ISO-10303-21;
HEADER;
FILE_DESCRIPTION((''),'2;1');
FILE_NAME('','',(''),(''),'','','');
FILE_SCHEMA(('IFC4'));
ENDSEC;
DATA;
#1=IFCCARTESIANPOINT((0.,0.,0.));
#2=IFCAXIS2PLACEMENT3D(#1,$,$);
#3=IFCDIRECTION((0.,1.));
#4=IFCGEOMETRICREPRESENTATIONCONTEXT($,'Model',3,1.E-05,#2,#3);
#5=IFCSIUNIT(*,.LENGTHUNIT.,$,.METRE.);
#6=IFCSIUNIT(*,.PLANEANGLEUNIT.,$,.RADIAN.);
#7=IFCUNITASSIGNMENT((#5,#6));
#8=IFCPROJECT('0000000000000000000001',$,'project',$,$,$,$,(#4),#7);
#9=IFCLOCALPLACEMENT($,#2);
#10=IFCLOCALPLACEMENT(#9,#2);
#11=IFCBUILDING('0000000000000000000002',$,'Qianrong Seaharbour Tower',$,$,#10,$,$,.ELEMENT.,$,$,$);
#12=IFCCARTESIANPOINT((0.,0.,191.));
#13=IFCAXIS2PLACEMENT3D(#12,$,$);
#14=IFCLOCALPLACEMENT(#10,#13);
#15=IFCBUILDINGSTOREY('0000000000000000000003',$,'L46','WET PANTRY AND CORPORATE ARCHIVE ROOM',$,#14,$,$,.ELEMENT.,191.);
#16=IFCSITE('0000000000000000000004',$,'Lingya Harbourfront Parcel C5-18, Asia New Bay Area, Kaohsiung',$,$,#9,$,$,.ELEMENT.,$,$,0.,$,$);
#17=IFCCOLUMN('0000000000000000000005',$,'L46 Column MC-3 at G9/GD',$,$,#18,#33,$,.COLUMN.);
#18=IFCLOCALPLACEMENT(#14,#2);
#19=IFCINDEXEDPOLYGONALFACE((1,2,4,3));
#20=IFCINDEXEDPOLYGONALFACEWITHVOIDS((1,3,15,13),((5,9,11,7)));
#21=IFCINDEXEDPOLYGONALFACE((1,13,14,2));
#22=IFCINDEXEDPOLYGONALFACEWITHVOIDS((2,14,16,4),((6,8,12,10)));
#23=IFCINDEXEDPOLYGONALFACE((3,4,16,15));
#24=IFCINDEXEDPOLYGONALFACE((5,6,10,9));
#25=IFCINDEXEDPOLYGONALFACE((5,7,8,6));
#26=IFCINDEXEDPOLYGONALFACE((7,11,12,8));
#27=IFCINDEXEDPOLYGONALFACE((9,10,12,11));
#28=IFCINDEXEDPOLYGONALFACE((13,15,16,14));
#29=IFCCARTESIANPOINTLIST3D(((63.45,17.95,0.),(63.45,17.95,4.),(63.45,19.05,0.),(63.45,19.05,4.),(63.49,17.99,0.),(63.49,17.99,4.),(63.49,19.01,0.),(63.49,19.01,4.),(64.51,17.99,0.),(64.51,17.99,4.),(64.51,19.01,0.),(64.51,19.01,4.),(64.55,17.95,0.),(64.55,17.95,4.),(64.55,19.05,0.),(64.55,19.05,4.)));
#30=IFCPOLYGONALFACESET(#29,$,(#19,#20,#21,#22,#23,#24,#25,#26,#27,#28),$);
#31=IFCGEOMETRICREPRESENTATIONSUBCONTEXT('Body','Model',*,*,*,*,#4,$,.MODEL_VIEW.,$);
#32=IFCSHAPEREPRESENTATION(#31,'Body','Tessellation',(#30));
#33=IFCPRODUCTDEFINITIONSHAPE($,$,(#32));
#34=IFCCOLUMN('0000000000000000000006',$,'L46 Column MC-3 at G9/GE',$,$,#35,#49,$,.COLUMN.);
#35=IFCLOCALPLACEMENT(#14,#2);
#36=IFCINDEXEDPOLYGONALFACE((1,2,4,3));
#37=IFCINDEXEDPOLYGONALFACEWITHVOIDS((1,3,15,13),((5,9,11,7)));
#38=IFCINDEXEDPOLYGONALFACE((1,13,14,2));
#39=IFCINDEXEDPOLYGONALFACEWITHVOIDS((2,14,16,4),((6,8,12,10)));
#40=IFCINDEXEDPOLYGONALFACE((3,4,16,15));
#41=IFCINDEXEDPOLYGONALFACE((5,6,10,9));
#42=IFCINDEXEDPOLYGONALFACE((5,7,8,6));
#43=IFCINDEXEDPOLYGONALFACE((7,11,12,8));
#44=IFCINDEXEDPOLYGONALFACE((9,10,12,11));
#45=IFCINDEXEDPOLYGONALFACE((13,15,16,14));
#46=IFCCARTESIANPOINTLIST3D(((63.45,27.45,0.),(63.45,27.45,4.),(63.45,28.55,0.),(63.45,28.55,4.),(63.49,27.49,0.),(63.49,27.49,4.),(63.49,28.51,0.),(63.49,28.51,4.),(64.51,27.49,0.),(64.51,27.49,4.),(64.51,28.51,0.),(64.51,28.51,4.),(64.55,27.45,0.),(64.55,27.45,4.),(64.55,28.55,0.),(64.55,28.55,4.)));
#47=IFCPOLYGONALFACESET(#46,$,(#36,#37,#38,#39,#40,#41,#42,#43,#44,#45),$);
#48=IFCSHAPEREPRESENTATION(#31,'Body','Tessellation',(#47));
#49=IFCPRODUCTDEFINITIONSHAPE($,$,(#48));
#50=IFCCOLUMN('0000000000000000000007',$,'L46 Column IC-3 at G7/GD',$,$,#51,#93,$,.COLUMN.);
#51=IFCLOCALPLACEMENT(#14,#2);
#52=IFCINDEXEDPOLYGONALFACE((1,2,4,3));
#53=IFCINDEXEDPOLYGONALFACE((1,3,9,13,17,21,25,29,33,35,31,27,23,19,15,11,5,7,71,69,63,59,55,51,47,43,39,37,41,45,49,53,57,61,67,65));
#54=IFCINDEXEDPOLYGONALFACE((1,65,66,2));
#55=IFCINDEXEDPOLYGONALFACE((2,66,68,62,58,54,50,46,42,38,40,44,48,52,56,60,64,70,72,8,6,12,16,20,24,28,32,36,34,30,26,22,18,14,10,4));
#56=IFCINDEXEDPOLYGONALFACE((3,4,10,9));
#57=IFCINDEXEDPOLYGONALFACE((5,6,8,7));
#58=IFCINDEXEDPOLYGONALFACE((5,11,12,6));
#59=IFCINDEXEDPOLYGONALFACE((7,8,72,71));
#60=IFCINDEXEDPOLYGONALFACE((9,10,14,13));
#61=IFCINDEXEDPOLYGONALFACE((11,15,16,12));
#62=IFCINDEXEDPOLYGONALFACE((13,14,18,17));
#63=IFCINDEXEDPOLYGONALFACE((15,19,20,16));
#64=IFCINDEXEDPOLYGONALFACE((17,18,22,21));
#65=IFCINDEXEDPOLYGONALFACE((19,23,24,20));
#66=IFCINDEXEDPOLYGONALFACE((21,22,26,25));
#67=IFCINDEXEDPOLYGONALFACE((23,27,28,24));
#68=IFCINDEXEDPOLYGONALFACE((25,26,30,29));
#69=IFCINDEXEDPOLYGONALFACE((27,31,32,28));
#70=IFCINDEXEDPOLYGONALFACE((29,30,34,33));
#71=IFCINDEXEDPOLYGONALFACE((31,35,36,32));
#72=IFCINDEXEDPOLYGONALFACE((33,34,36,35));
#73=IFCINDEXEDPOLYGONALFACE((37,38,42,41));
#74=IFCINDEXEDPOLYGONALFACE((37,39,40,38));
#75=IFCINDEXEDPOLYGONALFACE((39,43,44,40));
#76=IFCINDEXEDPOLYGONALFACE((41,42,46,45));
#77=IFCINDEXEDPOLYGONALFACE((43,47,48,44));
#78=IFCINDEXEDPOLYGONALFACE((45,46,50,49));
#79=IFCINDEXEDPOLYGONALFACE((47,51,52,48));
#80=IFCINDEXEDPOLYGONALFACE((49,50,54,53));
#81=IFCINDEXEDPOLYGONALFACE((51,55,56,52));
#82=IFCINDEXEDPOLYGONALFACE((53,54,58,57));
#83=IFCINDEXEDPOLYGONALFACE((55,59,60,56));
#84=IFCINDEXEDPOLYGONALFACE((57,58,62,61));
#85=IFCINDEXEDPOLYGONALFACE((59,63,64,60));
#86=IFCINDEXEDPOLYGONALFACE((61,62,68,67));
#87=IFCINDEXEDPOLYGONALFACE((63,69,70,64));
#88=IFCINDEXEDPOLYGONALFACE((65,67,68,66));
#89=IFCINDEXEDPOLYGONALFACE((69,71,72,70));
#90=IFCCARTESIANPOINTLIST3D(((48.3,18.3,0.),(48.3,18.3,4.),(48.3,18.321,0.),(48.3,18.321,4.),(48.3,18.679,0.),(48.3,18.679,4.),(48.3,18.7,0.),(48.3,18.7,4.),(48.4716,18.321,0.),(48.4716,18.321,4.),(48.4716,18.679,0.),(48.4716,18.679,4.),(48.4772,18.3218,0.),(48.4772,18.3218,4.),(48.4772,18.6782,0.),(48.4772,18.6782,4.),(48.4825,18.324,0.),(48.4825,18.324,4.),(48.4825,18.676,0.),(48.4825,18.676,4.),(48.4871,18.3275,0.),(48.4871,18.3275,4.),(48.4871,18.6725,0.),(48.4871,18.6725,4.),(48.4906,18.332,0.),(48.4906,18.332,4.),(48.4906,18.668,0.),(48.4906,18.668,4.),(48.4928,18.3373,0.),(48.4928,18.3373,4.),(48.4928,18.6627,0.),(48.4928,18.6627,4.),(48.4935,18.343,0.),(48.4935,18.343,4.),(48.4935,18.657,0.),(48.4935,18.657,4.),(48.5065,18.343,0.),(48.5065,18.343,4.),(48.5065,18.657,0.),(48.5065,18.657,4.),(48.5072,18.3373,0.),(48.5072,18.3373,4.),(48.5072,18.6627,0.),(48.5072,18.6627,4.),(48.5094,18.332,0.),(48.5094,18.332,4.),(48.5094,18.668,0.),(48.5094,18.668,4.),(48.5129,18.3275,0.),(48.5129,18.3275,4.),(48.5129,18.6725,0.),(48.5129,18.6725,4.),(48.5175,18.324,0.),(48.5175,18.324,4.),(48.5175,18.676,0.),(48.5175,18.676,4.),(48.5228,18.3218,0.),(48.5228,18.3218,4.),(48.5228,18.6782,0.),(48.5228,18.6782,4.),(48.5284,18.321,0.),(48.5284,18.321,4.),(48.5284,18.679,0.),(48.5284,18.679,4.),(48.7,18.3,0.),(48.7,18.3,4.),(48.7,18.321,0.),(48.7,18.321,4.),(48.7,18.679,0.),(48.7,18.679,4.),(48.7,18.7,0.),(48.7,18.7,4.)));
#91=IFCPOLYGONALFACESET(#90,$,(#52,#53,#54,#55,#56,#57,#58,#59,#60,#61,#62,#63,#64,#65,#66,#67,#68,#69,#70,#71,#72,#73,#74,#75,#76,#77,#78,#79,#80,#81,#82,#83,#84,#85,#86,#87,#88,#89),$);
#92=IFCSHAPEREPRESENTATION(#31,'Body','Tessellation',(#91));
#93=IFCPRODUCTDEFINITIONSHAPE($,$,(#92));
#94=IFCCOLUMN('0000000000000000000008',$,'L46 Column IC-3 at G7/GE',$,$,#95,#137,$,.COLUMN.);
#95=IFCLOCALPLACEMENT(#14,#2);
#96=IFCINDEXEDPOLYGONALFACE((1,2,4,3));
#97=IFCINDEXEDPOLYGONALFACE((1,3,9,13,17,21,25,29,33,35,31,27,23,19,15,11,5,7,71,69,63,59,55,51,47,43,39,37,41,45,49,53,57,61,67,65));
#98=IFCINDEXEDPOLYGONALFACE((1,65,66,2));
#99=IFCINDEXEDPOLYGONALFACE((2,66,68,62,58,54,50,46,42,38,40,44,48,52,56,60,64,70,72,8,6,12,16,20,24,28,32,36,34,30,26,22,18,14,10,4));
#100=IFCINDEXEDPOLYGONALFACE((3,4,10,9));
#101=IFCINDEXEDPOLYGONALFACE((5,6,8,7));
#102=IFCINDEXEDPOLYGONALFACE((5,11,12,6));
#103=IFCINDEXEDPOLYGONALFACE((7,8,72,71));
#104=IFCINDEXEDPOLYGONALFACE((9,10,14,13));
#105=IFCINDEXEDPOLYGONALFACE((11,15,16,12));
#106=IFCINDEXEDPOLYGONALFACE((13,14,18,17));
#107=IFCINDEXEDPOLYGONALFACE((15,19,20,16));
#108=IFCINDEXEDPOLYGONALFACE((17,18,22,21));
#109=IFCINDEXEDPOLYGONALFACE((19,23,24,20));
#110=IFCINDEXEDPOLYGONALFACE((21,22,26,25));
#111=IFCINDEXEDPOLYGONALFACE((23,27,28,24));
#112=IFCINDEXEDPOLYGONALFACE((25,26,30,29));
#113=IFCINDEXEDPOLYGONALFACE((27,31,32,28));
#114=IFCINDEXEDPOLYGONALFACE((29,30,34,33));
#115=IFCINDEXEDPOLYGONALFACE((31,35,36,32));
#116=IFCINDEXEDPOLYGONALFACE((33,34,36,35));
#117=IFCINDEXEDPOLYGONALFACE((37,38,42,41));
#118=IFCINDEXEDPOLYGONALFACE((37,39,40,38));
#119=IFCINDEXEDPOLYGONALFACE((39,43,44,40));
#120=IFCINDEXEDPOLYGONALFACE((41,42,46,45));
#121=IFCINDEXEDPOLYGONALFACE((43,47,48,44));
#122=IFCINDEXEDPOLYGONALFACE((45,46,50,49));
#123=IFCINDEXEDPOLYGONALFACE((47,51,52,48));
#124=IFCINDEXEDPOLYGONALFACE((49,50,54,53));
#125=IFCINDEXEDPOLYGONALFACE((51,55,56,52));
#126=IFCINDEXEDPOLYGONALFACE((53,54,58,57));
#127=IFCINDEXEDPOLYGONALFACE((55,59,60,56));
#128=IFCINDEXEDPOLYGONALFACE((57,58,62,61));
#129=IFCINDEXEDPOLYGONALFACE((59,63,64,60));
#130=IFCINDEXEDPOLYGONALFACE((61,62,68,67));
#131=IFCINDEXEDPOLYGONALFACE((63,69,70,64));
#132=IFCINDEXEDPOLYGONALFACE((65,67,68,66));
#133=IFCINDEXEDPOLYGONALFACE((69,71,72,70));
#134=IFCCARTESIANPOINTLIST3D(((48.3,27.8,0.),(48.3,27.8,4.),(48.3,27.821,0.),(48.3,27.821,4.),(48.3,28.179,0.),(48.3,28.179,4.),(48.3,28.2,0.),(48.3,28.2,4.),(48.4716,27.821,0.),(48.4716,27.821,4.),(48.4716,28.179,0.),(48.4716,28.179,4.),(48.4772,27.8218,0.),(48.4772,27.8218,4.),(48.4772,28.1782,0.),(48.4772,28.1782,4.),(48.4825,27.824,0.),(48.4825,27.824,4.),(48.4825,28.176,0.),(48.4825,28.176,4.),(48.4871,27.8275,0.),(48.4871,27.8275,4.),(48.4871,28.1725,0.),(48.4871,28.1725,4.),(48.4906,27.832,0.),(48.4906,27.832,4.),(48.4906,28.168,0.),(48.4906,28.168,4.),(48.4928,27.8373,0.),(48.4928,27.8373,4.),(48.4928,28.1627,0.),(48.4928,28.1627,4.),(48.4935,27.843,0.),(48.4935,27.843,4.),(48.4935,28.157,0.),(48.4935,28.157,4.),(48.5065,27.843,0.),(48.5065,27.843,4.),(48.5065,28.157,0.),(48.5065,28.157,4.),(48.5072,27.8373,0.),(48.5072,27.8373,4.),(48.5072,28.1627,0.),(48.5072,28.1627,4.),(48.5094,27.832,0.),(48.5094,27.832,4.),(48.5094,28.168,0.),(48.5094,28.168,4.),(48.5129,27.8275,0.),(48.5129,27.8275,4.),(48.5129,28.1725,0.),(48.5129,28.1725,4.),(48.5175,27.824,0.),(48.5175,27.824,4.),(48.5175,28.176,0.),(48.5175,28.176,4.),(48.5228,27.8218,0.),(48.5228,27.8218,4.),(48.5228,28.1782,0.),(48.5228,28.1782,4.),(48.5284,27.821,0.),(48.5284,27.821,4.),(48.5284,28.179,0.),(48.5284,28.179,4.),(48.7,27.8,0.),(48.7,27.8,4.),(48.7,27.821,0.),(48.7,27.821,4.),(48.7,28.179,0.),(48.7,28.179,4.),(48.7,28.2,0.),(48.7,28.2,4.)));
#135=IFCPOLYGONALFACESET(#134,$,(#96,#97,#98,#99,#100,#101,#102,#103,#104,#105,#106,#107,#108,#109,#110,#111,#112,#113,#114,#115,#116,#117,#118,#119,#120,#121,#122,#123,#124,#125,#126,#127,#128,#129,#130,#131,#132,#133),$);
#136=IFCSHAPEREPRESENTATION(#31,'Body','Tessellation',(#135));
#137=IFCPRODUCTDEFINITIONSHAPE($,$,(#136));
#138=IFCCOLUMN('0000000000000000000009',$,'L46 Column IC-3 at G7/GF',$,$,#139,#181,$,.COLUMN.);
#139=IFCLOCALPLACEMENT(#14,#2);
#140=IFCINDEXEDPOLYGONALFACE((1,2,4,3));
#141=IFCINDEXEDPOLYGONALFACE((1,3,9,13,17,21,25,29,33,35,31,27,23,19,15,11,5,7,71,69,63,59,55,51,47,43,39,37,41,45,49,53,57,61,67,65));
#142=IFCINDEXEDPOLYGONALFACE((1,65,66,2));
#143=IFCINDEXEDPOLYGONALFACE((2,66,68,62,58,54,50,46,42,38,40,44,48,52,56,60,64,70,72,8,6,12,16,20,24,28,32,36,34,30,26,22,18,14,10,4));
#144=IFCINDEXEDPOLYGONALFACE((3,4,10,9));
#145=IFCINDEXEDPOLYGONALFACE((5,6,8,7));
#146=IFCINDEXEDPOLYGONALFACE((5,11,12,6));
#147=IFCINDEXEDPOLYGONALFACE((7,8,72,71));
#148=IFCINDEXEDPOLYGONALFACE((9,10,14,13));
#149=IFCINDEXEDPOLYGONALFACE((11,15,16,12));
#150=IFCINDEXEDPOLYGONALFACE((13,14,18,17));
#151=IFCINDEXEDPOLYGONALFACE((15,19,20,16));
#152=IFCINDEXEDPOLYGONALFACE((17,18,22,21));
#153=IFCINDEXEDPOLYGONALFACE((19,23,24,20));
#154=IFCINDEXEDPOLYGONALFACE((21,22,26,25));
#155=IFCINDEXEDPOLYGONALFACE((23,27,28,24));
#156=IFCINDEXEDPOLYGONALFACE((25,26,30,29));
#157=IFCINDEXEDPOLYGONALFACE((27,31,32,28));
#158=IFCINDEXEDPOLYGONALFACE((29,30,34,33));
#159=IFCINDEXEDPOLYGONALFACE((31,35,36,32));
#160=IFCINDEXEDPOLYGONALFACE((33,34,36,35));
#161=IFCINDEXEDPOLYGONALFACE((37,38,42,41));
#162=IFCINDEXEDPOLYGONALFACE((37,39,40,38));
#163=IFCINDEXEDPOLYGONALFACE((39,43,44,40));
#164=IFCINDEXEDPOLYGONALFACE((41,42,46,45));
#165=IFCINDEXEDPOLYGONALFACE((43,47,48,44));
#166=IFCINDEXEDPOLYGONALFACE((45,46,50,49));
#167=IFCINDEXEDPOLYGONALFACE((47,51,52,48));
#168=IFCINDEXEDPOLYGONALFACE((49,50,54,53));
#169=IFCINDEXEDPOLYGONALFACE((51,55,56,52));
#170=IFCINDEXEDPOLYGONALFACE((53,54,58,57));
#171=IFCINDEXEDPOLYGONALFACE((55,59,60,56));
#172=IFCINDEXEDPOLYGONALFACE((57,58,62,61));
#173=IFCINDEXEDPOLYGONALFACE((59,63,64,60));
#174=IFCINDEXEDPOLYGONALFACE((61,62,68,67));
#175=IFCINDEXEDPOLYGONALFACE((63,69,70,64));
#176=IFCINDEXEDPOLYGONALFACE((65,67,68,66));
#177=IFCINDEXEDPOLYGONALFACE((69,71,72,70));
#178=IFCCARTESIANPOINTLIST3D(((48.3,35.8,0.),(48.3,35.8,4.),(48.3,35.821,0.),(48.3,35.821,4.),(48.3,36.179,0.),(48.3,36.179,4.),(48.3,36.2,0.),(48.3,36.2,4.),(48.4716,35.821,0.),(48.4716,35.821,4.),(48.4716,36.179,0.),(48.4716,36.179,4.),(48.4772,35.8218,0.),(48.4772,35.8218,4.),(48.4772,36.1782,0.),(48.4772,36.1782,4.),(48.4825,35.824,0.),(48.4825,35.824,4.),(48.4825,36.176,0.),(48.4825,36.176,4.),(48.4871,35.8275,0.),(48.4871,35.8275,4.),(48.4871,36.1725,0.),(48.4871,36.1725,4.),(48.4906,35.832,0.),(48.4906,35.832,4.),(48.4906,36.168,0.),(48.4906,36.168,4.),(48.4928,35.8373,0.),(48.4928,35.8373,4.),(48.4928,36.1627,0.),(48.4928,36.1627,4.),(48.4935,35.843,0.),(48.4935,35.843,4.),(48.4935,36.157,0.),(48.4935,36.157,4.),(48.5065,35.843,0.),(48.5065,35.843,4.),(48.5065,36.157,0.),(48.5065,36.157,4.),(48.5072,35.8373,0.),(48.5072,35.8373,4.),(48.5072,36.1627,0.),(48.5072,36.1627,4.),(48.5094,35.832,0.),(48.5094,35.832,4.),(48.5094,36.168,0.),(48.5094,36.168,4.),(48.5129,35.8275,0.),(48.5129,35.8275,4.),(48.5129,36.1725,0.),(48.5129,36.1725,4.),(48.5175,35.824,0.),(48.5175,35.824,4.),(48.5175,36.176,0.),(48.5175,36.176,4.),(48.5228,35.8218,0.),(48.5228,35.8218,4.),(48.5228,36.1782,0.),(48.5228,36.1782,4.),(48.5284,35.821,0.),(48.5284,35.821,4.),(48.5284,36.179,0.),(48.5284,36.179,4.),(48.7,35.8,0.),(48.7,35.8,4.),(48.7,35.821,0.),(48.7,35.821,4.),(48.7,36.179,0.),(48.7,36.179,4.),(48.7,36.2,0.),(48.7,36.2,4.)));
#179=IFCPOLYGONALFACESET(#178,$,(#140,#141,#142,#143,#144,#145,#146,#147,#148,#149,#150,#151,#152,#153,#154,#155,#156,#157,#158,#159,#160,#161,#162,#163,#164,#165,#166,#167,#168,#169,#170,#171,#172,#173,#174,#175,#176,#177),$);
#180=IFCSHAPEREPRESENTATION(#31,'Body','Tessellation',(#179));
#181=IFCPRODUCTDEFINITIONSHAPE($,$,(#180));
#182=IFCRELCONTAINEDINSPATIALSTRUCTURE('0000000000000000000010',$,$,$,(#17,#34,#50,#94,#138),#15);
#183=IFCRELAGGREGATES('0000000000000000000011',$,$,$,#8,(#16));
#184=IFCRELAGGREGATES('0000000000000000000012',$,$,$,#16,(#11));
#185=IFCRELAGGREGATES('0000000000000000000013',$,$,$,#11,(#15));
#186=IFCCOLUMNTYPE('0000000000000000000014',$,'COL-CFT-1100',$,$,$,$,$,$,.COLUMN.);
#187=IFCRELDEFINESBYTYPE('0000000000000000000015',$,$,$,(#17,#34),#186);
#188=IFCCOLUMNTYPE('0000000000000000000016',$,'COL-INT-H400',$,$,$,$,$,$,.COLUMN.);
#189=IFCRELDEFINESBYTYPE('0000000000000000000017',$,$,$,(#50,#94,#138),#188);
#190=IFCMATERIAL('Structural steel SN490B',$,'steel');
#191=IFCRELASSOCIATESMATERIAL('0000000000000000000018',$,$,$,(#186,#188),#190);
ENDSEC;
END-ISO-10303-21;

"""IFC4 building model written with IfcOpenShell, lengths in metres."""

from ifc_helpers import new_model, si_unit, direction, frame, origin, origin_2d, place, context, subcontext, project, spatial, hollow_rectangle, i_section, extrude, material, material_profile, profile_set, type_object, element, save


model = new_model("IFC4")

# Units and contexts
model_context = context("Model", 3, precision=1e-05, world=origin(), true_north=direction((0.0, 1.0)))
body_context = subcontext(model_context, "Body", "Model", "MODEL_VIEW")
ifc_project = project(units=[si_unit("LENGTHUNIT", "METRE"), si_unit("PLANEANGLEUNIT", "RADIAN")], contexts=[model_context])

# Site, building, storey
site_placement = place(None, origin())
site = spatial("IfcSite", under=ifc_project, at=site_placement, Name="Lingya Harbourfront Parcel C5-18, Asia New Bay Area, Kaohsiung", CompositionType="ELEMENT", RefElevation=0.0)
building_placement = place(site_placement, origin())
building = spatial("IfcBuilding", under=site, at=building_placement, Name="Qianrong Seaharbour Tower", CompositionType="ELEMENT")
storey_placement = place(building_placement, frame((0.0, 0.0, 191.0)))
storey = spatial("IfcBuildingStorey", under=building, at=storey_placement, Name="L46", Description="WET PANTRY AND CORPORATE ARCHIVE ROOM", CompositionType="ELEMENT", Elevation=191.0)

# Columns
ifc_material_1 = material(Name="Structural steel SN490B", Category="steel")
ifc_material_profile_1 = material_profile(ifc_material_1, hollow_rectangle(XDim=1.1001, YDim=1.1001, WallThickness=0.04, at=origin_2d()), Name="BOX1100x1100x40")
ifc_profile_set_1 = profile_set([ifc_material_profile_1], Name="Structural steel SN490B")
column_type_1 = type_object("IfcColumnType", Name="COL-CFT-1100", PredefinedType="COLUMN", material=ifc_profile_set_1)
for number, where, z_axis, x_axis, name in (
    (1, (64.0, 18.5, 0.0), (0.0, 0.0, 1.0), (1.0, 0.0, 0.0), "L46 Column MC-3 at G9/GD"),
    (2, (64.0, 28.0, 0.0), (0.0, 0.0, 1.0), (1.0, 0.0, 0.0), "L46 Column MC-3 at G9/GE"),
):
    element("IfcColumn", number, at=place(storey_placement, frame(where, z_axis=z_axis, x_axis=x_axis)), inside=storey, type_object=column_type_1, Name=name, PredefinedType="COLUMN", context=body_context, shape_type="SweptSolid", body=[
        extrude(hollow_rectangle(XDim=1.1001, YDim=1.1001, WallThickness=0.04, at=origin_2d()), origin(), (0.0, 0.0, 1.0), 4.0),
    ])
ifc_material_profile_2 = material_profile(ifc_material_1, i_section(OverallWidth=0.3999, OverallDepth=0.3999, WebThickness=0.0129, FlangeThickness=0.021, FilletRadius=0.022, at=origin_2d()), Name="H400x400x13x21")
ifc_profile_set_2 = profile_set([ifc_material_profile_2], Name="Structural steel SN490B")
column_type_2 = type_object("IfcColumnType", Name="COL-INT-H400", PredefinedType="COLUMN", material=ifc_profile_set_2)
for number, where, z_axis, x_axis, name in (
    (3, (48.5, 18.5, 0.0), (0.0, 0.0, 1.0), (1.0, 0.0, 0.0), "L46 Column IC-3 at G7/GD"),
    (4, (48.5, 28.0, 0.0), (0.0, 0.0, 1.0), (1.0, 0.0, 0.0), "L46 Column IC-3 at G7/GE"),
    (5, (48.5, 36.0, 0.0), (0.0, 0.0, 1.0), (1.0, 0.0, 0.0), "L46 Column IC-3 at G7/GF"),
):
    element("IfcColumn", number, at=place(storey_placement, frame(where, z_axis=z_axis, x_axis=x_axis)), inside=storey, type_object=column_type_2, Name=name, PredefinedType="COLUMN", context=body_context, shape_type="SweptSolid", body=[
        extrude(i_section(OverallWidth=0.3999, OverallDepth=0.3999, WebThickness=0.0129, FlangeThickness=0.021, FilletRadius=0.022, at=origin_2d()), origin(), (0.0, 0.0, 1.0), 4.0),
    ])

save(model, "model.ifc")
